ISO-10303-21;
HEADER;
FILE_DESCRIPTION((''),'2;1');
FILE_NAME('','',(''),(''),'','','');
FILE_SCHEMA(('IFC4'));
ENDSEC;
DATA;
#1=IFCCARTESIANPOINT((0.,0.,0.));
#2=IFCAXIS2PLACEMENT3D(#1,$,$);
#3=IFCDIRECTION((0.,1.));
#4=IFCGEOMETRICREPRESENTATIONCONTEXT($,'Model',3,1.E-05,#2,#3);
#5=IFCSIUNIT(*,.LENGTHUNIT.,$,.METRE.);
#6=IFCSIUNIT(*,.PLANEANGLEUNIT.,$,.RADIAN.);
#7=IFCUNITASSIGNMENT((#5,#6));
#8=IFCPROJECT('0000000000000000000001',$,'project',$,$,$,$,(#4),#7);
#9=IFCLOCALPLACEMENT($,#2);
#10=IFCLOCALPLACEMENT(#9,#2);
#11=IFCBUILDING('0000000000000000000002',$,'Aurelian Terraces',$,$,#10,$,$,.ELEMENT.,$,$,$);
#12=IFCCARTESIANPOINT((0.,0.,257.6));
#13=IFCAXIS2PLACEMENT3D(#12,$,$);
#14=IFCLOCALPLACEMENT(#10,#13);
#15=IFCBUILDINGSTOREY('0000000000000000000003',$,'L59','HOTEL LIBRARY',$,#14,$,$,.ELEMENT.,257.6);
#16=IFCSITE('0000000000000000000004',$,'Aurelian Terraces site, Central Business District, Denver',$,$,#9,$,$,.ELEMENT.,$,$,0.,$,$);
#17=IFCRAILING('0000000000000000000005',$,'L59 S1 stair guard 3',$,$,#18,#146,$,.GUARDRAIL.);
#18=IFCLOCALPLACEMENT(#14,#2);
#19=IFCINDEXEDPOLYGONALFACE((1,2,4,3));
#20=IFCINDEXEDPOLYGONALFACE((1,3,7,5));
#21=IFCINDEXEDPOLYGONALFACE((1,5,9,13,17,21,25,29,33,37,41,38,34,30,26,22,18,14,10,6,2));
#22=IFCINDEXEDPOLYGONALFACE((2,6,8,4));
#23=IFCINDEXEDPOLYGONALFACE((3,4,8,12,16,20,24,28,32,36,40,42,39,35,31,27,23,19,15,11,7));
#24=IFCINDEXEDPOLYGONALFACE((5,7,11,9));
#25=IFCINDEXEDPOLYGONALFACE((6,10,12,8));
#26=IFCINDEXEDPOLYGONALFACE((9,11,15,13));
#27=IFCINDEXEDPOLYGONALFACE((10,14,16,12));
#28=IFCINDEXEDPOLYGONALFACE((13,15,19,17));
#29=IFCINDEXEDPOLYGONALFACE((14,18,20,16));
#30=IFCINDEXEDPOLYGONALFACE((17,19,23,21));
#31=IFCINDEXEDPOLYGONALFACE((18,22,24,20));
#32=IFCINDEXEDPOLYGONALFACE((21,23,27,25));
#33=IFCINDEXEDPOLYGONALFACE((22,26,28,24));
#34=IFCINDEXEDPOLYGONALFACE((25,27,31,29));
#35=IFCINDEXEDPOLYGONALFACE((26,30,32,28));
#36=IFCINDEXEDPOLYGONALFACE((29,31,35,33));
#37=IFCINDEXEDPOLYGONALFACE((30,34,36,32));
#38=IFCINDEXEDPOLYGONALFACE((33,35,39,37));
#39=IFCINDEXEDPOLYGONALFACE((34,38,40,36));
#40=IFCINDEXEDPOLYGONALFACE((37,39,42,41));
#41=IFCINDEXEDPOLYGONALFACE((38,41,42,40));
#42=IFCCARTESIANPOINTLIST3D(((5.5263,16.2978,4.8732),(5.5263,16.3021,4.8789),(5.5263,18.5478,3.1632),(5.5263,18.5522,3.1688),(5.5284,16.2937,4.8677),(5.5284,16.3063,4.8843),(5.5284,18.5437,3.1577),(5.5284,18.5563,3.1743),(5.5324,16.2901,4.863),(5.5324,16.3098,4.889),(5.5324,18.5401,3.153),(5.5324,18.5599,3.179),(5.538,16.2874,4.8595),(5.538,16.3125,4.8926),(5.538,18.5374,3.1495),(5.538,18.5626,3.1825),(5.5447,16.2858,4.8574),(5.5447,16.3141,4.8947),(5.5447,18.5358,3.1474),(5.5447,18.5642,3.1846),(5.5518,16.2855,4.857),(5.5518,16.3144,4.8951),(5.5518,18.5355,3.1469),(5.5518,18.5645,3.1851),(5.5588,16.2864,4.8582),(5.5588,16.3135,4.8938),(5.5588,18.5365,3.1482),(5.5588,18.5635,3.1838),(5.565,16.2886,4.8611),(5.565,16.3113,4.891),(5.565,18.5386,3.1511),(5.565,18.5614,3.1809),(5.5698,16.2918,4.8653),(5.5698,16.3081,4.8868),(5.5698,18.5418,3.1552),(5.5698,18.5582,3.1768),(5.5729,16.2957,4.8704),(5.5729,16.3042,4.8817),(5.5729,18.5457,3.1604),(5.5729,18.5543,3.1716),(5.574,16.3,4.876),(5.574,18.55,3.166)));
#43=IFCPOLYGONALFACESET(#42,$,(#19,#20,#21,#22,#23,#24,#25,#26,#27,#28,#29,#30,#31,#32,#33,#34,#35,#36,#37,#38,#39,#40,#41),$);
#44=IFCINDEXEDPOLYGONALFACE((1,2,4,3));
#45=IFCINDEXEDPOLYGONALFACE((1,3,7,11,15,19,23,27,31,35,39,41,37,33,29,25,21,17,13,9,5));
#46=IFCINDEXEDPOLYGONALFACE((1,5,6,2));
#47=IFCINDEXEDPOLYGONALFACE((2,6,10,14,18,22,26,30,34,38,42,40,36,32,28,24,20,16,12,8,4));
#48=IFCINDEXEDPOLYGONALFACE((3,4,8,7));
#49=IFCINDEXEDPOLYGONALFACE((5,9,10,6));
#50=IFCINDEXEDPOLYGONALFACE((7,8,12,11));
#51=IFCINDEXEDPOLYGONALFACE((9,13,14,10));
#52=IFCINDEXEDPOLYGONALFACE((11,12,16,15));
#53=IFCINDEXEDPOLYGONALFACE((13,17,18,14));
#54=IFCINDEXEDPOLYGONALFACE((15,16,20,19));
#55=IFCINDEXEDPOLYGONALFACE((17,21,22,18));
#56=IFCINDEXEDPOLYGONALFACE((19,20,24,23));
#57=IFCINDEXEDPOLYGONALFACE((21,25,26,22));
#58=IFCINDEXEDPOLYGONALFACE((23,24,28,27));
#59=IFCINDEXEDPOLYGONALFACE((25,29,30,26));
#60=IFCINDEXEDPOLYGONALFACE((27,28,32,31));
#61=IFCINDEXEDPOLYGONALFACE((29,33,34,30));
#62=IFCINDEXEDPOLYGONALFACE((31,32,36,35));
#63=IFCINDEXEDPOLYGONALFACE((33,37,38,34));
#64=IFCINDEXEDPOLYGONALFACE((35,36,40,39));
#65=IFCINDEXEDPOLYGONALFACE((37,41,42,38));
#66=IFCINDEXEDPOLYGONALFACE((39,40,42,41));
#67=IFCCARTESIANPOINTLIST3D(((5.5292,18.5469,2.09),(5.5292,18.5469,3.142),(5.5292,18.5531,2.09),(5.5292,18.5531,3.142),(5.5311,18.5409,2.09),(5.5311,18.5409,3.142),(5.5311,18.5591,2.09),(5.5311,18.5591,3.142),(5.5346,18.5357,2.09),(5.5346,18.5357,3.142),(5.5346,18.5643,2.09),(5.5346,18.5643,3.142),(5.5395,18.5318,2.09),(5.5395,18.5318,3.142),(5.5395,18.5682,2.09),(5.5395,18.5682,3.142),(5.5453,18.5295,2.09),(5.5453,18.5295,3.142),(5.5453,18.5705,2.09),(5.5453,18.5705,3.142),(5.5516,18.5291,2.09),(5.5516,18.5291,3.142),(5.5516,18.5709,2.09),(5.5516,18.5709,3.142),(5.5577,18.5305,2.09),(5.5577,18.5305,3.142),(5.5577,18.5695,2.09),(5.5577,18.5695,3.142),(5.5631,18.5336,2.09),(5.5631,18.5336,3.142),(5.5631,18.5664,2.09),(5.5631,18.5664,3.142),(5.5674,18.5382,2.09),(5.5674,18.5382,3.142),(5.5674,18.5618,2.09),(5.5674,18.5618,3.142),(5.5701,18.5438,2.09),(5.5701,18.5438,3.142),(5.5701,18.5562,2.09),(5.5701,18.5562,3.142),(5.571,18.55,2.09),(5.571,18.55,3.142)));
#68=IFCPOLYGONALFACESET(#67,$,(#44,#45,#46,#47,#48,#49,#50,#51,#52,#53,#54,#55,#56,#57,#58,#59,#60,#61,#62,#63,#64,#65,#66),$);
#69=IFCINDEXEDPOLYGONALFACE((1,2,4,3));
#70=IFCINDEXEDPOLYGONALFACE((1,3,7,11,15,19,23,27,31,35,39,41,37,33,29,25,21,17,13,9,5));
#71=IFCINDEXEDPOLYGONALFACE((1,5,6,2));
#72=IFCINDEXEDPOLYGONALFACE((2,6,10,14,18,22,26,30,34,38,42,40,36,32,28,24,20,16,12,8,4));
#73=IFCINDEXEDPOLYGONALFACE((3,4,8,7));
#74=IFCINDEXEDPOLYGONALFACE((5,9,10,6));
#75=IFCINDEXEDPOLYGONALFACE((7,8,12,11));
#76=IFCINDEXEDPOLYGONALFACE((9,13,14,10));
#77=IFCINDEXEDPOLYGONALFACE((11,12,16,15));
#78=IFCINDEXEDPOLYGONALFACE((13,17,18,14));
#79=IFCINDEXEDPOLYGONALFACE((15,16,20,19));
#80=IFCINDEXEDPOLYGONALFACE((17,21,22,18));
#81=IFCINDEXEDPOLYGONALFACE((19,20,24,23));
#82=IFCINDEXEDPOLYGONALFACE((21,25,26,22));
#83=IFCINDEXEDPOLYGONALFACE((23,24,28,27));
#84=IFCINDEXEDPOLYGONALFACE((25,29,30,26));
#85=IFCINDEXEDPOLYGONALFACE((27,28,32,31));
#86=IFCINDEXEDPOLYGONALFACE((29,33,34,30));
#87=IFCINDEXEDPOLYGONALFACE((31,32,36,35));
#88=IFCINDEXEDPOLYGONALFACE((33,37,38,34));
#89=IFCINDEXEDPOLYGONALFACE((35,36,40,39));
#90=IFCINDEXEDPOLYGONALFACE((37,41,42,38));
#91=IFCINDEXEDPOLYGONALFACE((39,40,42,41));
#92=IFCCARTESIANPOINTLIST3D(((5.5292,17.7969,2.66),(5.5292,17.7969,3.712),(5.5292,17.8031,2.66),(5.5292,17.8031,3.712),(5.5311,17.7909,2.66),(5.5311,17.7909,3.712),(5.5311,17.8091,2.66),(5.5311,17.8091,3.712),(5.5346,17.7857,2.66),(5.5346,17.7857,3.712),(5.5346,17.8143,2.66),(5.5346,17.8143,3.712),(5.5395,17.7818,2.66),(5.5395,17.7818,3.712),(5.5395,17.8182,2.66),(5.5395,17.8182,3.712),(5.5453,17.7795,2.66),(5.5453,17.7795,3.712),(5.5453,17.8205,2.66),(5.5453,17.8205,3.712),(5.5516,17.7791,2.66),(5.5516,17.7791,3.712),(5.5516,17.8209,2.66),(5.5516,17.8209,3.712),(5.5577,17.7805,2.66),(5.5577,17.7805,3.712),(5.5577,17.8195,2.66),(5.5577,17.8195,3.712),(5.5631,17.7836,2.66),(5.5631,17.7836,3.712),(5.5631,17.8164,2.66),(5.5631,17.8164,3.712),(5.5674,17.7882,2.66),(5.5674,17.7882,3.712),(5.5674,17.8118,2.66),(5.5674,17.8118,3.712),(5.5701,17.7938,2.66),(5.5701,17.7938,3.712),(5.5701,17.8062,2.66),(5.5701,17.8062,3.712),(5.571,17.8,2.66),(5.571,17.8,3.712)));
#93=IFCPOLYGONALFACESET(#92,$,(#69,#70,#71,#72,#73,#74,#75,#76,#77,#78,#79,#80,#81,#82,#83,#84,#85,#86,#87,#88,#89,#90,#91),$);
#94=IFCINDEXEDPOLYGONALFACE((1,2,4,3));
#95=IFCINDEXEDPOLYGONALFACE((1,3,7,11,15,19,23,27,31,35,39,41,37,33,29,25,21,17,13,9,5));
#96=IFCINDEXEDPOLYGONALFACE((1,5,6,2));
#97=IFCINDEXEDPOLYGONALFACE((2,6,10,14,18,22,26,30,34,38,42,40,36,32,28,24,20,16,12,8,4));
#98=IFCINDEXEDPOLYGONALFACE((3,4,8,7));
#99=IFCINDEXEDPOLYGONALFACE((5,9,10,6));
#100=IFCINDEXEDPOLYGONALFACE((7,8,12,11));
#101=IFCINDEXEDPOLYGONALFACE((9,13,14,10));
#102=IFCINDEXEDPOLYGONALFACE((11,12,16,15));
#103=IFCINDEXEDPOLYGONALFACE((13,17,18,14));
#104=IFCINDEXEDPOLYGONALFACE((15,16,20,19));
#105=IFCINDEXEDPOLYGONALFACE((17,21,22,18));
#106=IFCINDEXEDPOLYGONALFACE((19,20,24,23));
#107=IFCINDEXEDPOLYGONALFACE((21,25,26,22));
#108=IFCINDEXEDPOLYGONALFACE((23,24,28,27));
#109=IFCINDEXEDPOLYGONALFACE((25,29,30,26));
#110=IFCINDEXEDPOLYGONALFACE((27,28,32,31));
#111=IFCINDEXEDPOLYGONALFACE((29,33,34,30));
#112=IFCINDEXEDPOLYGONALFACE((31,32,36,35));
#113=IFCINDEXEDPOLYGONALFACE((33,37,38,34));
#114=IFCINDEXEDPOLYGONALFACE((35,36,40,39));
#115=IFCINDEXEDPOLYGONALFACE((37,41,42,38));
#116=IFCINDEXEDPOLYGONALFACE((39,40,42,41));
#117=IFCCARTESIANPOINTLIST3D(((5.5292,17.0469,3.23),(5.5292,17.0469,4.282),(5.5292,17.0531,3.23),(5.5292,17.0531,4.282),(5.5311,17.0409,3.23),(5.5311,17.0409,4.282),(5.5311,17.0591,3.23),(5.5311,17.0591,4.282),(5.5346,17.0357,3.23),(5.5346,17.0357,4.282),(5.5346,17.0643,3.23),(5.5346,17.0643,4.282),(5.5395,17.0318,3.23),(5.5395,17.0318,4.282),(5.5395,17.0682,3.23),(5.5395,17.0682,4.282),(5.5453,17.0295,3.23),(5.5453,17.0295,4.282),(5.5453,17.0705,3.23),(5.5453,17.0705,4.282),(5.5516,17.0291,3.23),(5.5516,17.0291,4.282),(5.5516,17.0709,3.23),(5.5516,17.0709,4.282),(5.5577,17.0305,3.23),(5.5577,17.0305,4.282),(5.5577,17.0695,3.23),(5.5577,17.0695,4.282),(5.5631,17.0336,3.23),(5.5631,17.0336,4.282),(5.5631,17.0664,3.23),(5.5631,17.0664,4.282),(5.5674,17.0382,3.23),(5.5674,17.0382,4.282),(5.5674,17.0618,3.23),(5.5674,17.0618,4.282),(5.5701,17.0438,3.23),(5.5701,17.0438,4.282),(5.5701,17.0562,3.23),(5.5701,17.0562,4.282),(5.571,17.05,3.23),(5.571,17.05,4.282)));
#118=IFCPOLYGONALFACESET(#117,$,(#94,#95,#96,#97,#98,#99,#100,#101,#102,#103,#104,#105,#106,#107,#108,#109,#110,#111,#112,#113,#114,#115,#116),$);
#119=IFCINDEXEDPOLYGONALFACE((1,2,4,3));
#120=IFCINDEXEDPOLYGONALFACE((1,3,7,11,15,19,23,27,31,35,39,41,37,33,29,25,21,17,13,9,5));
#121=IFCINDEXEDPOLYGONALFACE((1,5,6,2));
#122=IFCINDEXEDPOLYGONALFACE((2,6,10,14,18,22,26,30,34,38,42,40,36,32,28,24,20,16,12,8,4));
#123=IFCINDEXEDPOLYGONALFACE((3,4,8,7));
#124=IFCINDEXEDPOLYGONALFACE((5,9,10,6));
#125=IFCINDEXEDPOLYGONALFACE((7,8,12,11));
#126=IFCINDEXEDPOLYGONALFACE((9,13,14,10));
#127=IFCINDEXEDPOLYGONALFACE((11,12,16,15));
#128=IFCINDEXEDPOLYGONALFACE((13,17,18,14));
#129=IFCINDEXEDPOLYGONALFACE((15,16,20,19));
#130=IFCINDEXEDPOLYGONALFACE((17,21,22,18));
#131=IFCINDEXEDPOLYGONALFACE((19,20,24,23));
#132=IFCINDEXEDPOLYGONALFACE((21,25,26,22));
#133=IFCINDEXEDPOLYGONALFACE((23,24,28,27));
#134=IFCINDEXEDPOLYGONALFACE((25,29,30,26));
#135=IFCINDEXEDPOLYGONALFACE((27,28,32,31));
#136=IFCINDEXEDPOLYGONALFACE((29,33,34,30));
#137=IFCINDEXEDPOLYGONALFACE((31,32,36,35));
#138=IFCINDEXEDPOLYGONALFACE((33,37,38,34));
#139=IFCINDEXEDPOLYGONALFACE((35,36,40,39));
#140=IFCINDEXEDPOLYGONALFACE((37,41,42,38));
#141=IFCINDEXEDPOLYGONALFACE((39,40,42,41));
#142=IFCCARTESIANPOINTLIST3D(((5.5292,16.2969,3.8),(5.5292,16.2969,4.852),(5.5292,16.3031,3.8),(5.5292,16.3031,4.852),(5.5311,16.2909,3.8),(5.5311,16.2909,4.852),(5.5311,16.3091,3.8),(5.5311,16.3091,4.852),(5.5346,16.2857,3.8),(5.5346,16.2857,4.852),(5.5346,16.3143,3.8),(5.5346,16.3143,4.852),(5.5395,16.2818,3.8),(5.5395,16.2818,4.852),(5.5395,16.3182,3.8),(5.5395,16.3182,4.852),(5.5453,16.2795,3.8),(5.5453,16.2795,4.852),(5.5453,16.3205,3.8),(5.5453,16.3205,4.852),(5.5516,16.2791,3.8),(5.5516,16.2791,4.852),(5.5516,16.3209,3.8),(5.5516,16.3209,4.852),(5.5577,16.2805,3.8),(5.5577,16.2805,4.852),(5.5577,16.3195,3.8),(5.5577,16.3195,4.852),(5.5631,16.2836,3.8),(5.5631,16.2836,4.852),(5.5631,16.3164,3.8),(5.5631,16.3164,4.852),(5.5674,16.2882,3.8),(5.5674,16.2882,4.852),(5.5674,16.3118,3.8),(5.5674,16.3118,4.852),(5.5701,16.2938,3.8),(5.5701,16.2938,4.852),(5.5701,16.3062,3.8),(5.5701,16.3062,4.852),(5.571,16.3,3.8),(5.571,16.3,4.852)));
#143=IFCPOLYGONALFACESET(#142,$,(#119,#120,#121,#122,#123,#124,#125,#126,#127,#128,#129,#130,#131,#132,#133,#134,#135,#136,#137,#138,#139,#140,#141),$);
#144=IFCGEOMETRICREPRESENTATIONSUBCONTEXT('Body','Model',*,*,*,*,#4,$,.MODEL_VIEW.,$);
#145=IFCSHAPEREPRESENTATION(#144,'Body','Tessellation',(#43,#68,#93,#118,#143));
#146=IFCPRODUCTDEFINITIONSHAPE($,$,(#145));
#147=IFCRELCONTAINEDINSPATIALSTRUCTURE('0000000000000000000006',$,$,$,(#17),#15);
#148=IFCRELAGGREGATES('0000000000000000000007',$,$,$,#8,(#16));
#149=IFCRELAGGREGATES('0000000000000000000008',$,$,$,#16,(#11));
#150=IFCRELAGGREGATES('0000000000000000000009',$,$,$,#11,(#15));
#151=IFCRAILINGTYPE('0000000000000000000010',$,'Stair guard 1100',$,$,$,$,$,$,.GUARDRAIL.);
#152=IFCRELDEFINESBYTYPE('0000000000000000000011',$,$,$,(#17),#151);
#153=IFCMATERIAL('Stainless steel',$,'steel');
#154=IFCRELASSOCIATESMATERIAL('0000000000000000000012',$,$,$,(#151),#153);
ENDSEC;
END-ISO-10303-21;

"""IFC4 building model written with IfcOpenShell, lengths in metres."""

from ifc_helpers import new_model, si_unit, direction, frame, origin, origin_2d, place, context, subcontext, project, spatial, circle, extrude, source, transform, mapped, material, type_object, element, save


model = new_model("IFC4")

# Units and contexts
model_context = context("Model", 3, precision=1e-05, world=origin(), true_north=direction((0.0, 1.0)))
body_context = subcontext(model_context, "Body", "Model", "MODEL_VIEW")
ifc_project = project(units=[si_unit("LENGTHUNIT", "METRE"), si_unit("PLANEANGLEUNIT", "RADIAN")], contexts=[model_context])

# Site, building, storey
site_placement = place(None, origin())
site = spatial("IfcSite", under=ifc_project, at=site_placement, Name="Aurelian Terraces site, Central Business District, Denver", CompositionType="ELEMENT", RefElevation=0.0)
building_placement = place(site_placement, origin())
building = spatial("IfcBuilding", under=site, at=building_placement, Name="Aurelian Terraces", CompositionType="ELEMENT")
storey_placement = place(building_placement, frame((0.0, 0.0, 257.6)))
storey = spatial("IfcBuildingStorey", under=building, at=storey_placement, Name="L59", Description="HOTEL LIBRARY", CompositionType="ELEMENT", Elevation=257.6)

# Railing
ifc_material_1 = material(Name="Stainless steel", Category="steel")
railing_type_1 = type_object("IfcRailingType", Name="Stair guard 1100", PredefinedType="GUARDRAIL", material=ifc_material_1)
shared_shape_1 = source(origin(), body_context, "Body", "SweptSolid", [
    extrude(circle(Radius=0.024, at=origin_2d()), frame((0.0, 0.0, 1.076), z_axis=(0.0, -0.796162, 0.605083), x_axis=(1.0, 0.0, 0.0)), (0.0, 0.0, 1.0), 2.8261),
    extrude(circle(Radius=0.021, at=origin_2d()), origin(), (0.0, 0.0, 1.0), 1.052),
    extrude(circle(Radius=0.021, at=origin_2d()), frame((0.0, -0.75, 0.57)), (0.0, 0.0, 1.0), 1.052),
    extrude(circle(Radius=0.021, at=origin_2d()), frame((0.0, -1.5, 1.14)), (0.0, 0.0, 1.0), 1.052),
    extrude(circle(Radius=0.021, at=origin_2d()), frame((0.0, -2.25, 1.71)), (0.0, 0.0, 1.0), 1.052),
])
railing_1_placement = place(storey_placement, frame((5.55, 18.55, 2.09)))
element("IfcRailing", 1, at=railing_1_placement, inside=storey, type_object=railing_type_1, Name="L59 S1 stair guard 3", PredefinedType="GUARDRAIL", context=body_context, shape_type="MappedRepresentation", body=[
    mapped(shared_shape_1, transform((0.0, 0.0, 0.0), scale=1.0)),
])

save(model, "model.ifc")
